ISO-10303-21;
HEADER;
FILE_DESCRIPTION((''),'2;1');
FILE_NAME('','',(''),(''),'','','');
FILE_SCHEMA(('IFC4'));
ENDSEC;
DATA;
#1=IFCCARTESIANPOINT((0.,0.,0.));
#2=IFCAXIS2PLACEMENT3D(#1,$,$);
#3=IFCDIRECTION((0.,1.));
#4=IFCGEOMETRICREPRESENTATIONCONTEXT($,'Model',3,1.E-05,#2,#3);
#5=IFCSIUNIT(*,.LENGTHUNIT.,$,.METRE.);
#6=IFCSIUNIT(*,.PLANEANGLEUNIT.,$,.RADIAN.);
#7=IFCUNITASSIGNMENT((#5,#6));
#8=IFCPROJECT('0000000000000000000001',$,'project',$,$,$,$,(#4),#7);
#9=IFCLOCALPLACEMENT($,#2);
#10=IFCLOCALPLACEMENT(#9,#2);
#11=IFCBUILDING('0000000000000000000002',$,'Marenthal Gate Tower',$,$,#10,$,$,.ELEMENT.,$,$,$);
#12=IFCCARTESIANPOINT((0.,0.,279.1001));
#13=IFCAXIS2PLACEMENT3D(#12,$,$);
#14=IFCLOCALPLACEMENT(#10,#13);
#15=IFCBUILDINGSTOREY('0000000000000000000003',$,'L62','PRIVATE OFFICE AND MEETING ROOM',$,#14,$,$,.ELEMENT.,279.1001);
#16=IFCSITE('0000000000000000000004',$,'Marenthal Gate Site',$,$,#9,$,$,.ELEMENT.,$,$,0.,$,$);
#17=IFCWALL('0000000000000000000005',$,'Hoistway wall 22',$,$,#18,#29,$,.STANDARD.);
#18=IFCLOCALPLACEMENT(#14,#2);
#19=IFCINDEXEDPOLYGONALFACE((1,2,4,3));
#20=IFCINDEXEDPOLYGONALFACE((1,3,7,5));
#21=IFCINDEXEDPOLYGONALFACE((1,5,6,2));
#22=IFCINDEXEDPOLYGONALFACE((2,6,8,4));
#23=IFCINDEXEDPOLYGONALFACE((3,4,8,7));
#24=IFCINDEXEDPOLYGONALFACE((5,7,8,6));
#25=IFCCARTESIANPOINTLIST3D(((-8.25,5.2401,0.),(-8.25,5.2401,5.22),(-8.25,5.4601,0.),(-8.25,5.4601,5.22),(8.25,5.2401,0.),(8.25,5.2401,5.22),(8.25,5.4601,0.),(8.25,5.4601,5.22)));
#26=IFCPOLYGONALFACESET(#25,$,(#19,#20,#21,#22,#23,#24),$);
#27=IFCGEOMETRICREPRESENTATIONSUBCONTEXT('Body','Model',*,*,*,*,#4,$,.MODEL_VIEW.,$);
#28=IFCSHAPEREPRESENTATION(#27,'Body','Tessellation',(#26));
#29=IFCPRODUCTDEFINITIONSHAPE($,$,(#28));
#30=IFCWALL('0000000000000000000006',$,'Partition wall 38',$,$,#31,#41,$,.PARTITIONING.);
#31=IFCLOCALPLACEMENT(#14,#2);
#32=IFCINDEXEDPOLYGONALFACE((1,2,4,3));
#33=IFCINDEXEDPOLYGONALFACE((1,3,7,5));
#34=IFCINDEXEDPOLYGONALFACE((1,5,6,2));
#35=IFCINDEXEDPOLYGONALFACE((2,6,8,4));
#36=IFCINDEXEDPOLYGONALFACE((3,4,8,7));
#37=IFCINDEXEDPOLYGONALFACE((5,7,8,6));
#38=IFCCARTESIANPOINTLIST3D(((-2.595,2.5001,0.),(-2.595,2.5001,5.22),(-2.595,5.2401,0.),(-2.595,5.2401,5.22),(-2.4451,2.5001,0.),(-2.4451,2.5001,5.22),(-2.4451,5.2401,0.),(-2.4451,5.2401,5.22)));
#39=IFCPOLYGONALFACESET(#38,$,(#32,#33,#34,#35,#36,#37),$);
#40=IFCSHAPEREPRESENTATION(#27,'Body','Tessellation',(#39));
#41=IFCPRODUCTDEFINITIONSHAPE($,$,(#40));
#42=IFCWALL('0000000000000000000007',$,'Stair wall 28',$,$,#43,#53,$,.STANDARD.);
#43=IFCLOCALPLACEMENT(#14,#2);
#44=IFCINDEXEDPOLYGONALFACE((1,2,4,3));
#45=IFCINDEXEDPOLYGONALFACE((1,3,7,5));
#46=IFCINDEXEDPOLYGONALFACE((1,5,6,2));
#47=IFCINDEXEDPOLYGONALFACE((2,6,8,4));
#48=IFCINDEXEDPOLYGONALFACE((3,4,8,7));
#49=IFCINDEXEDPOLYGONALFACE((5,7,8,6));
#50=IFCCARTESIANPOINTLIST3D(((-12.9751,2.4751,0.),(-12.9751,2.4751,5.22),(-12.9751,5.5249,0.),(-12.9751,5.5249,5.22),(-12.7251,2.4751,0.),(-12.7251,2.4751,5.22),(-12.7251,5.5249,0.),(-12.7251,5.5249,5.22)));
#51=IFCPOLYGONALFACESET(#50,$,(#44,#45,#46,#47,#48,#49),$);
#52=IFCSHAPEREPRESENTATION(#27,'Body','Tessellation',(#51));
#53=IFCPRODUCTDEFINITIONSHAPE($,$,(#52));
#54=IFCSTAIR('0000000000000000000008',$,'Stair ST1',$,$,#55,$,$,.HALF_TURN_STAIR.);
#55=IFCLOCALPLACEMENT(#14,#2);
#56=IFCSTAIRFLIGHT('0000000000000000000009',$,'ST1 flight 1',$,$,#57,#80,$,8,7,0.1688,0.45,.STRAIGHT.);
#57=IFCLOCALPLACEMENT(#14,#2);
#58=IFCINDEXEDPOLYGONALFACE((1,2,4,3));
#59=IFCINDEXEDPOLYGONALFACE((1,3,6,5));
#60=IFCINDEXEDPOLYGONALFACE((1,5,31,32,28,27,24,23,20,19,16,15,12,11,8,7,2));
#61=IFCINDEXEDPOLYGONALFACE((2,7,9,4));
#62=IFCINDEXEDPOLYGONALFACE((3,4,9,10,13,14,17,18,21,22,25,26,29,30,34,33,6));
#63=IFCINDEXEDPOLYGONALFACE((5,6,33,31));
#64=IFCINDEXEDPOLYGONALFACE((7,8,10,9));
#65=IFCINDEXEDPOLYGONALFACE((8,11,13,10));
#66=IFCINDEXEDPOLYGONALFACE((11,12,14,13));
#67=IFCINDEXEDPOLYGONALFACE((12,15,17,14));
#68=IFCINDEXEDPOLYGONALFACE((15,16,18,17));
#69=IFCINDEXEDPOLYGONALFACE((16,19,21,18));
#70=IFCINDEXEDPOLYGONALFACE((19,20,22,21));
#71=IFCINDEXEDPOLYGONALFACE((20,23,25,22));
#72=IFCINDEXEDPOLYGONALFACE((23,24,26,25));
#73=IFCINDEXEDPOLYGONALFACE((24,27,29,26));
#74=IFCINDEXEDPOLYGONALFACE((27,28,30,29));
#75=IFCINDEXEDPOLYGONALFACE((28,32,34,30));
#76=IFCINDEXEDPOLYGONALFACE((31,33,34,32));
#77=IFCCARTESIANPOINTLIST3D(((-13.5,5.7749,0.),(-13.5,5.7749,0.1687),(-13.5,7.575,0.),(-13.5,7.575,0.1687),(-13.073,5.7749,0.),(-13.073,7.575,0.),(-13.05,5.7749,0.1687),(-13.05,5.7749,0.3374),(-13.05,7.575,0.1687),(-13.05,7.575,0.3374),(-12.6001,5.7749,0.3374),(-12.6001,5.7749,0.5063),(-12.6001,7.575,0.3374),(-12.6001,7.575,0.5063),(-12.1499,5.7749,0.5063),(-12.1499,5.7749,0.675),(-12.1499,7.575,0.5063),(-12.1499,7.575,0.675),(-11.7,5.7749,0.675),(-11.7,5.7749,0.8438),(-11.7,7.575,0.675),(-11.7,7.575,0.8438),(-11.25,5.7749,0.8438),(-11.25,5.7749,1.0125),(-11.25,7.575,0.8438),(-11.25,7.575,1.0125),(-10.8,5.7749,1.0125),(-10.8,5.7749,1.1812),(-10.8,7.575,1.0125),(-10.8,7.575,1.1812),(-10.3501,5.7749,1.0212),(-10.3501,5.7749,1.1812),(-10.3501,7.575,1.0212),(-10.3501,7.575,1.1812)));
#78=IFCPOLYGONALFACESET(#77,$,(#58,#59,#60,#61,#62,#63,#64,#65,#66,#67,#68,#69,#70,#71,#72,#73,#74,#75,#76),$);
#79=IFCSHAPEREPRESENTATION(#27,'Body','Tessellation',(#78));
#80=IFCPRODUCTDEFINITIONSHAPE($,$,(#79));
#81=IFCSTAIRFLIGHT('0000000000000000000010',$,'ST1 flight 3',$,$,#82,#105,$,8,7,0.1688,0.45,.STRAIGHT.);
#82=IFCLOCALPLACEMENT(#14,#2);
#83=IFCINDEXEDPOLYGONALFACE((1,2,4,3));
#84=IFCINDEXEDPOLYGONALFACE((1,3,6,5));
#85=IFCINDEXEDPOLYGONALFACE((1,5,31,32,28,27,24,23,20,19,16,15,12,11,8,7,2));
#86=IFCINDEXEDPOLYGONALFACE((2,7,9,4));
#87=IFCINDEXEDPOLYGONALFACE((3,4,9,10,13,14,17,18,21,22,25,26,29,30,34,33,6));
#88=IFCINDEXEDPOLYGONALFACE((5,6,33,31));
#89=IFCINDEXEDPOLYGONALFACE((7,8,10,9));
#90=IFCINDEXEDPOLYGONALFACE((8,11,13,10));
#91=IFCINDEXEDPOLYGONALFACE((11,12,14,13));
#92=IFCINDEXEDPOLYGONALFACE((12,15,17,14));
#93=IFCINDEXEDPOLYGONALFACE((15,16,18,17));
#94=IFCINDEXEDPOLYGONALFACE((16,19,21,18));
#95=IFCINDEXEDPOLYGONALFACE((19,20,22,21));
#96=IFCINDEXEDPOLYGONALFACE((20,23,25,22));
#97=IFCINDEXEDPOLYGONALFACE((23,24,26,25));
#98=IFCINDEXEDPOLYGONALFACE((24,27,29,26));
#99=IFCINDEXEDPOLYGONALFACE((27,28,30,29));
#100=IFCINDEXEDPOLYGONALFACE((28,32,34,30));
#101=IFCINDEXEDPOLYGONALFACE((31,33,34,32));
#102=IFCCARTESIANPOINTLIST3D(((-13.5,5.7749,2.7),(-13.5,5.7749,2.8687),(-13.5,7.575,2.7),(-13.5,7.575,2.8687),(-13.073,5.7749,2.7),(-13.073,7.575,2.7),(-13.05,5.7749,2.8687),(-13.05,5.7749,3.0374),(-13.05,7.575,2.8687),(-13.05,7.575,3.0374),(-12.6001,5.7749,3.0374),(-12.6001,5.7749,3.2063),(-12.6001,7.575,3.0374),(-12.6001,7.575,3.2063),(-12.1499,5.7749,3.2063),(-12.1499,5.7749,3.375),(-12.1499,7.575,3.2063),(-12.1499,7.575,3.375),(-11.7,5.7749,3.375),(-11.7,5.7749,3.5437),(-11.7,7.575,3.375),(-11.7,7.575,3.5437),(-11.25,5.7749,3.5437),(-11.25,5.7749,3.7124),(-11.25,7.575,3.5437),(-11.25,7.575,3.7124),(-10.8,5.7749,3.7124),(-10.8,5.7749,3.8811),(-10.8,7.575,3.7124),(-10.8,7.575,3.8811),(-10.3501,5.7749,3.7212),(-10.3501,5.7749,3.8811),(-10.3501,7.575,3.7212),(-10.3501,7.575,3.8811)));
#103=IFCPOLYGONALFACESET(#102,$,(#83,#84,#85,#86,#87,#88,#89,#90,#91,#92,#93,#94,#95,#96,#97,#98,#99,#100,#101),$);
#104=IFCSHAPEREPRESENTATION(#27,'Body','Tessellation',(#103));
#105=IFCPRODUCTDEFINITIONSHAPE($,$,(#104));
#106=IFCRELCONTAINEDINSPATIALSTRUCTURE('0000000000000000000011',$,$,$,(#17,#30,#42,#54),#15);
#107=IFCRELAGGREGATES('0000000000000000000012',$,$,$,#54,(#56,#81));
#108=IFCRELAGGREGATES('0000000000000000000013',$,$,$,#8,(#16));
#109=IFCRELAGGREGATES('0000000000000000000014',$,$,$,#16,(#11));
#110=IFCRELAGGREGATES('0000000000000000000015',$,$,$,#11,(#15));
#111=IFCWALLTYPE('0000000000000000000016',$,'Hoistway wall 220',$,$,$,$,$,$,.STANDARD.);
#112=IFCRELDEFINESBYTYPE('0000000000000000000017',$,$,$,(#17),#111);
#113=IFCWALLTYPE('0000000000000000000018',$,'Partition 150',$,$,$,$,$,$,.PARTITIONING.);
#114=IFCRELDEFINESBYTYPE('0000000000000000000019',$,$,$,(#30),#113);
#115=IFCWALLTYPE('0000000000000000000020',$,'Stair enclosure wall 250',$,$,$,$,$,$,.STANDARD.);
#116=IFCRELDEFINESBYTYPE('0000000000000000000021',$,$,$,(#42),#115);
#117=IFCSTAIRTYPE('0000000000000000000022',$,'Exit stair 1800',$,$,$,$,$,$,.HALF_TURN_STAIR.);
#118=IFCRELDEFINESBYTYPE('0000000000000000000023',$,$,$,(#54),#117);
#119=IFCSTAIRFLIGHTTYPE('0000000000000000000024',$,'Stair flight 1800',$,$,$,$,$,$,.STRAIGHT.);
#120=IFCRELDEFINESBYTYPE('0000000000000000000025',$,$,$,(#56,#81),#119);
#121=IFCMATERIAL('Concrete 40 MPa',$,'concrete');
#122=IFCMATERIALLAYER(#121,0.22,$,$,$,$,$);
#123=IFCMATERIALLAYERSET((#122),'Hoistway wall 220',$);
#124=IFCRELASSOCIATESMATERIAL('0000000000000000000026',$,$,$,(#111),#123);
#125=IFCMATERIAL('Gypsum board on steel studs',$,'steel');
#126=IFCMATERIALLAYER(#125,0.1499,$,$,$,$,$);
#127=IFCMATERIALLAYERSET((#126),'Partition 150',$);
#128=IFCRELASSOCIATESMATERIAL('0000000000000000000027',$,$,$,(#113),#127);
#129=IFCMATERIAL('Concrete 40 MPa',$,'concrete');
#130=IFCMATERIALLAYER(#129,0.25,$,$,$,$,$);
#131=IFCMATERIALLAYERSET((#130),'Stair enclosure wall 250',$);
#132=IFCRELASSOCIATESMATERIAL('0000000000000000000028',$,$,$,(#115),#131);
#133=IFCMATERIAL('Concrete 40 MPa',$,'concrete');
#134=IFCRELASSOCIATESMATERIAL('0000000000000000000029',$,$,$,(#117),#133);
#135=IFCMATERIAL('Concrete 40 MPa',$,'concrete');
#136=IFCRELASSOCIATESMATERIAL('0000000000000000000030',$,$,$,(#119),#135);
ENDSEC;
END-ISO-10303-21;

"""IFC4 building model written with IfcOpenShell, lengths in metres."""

from ifc_helpers import new_model, si_unit, direction, frame, frame_2d, origin, place, context, subcontext, project, spatial, polyline, rectangle, outline, extrude, material, layer, layer_set, type_object, element, aggregate, save


model = new_model("IFC4")

# Units and contexts
model_context = context("Model", 3, precision=1e-05, world=origin(), true_north=direction((0.0, 1.0)))
body_context = subcontext(model_context, "Body", "Model", "MODEL_VIEW")
ifc_project = project(units=[si_unit("LENGTHUNIT", "METRE"), si_unit("PLANEANGLEUNIT", "RADIAN")], contexts=[model_context])

# Site, building, storey
site_placement = place(None, origin())
site = spatial("IfcSite", under=ifc_project, at=site_placement, Name="Marenthal Gate Site", CompositionType="ELEMENT", RefElevation=0.0)
building_placement = place(site_placement, origin())
building = spatial("IfcBuilding", under=site, at=building_placement, Name="Marenthal Gate Tower", CompositionType="ELEMENT")
storey_placement = place(building_placement, frame((0.0, 0.0, 279.1001)))
storey = spatial("IfcBuildingStorey", under=building, at=storey_placement, Name="L62", Description="PRIVATE OFFICE AND MEETING ROOM", CompositionType="ELEMENT", Elevation=279.1001)

# Walls
ifc_material_1 = material(Name="Concrete 40 MPa", Category="concrete")
ifc_layer_1 = layer(ifc_material_1, 0.22)
ifc_layer_set_1 = layer_set([ifc_layer_1], Name="Hoistway wall 220")
wall_type_1 = type_object("IfcWallType", Name="Hoistway wall 220", PredefinedType="STANDARD", material=ifc_layer_set_1)
wall_1_placement = place(storey_placement, frame((-8.25, 5.3501, 0.0), z_axis=(0.0, 0.0, 1.0), x_axis=(1.0, 0.0, 0.0)))
element("IfcWall", 1, at=wall_1_placement, inside=storey, type_object=wall_type_1, Name="Hoistway wall 22", PredefinedType="STANDARD", context=body_context, shape_type="SweptSolid", body=[
    extrude(rectangle(XDim=16.5, YDim=0.22, at=frame_2d((8.25, 0.0))), origin(), (0.0, 0.0, 1.0), 5.22),
])
ifc_material_2 = material(Name="Gypsum board on steel studs", Category="steel")
ifc_layer_2 = layer(ifc_material_2, 0.1499)
ifc_layer_set_2 = layer_set([ifc_layer_2], Name="Partition 150")
wall_type_2 = type_object("IfcWallType", Name="Partition 150", PredefinedType="PARTITIONING", material=ifc_layer_set_2)
wall_2_placement = place(storey_placement, frame((-2.52, 2.5, 0.0), z_axis=(0.0, 0.0, 1.0), x_axis=(0.0, 1.0, 0.0)))
element("IfcWall", 2, at=wall_2_placement, inside=storey, type_object=wall_type_2, Name="Partition wall 38", PredefinedType="PARTITIONING", context=body_context, shape_type="SweptSolid", body=[
    extrude(rectangle(XDim=2.74, YDim=0.1499, at=frame_2d((1.3701, 0.0))), origin(), (0.0, 0.0, 1.0), 5.22),
])
ifc_material_3 = material(Name="Concrete 40 MPa", Category="concrete")
ifc_layer_3 = layer(ifc_material_3, 0.25)
ifc_layer_set_3 = layer_set([ifc_layer_3], Name="Stair enclosure wall 250")
wall_type_3 = type_object("IfcWallType", Name="Stair enclosure wall 250", PredefinedType="STANDARD", material=ifc_layer_set_3)
wall_3_placement = place(storey_placement, frame((-12.8501, 2.4751, 0.0), z_axis=(0.0, 0.0, 1.0), x_axis=(0.0, 1.0, 0.0)))
element("IfcWall", 3, at=wall_3_placement, inside=storey, type_object=wall_type_3, Name="Stair wall 28", PredefinedType="STANDARD", context=body_context, shape_type="SweptSolid", body=[
    extrude(rectangle(XDim=3.0498, YDim=0.25, at=frame_2d((1.5249, 0.0))), origin(), (0.0, 0.0, 1.0), 5.22),
])

# Stair, stair flights
ifc_material_4 = material(Name="Concrete 40 MPa", Category="concrete")
stair_type = type_object("IfcStairType", Name="Exit stair 1800", PredefinedType="HALF_TURN_STAIR", material=ifc_material_4)
stair_placement = place(storey_placement, origin())
stair = element("IfcStair", 4, at=stair_placement, inside=storey, type_object=stair_type, Name="Stair ST1", PredefinedType="HALF_TURN_STAIR")
ifc_material_5 = material(Name="Concrete 40 MPa", Category="concrete")
stair_flight_type = type_object("IfcStairFlightType", Name="Stair flight 1800", PredefinedType="STRAIGHT", material=ifc_material_5)
stair_flight_1_placement = place(storey_placement, frame((-13.5, 6.675, 0.0), z_axis=(0.0, 0.0, 1.0), x_axis=(1.0, 0.0, 0.0)))
stair_flight_1 = element("IfcStairFlight", 5, at=stair_flight_1_placement, type_object=stair_flight_type, Name="ST1 flight 1", NumberOfRisers=8, NumberOfTreads=7, PredefinedType="STRAIGHT", RiserHeight=0.1688, TreadLength=0.45, context=body_context, shape_type="SweptSolid", body=[
    extrude(outline(polyline([(0.0, 0.0), (0.0, 0.1687), (0.45, 0.1687), (0.45, 0.3374), (0.8999, 0.3374), (0.8999, 0.5063), (1.3501, 0.5063), (1.3501, 0.675), (1.8, 0.675), (1.8, 0.8438), (2.25, 0.8438), (2.25, 1.0125), (2.7, 1.0125), (2.7, 1.1812), (3.1499, 1.1812), (3.1499, 1.3501), (3.1499, 1.0212), (0.427, 0.0), (0.0, 0.0)])), frame((0.0, 0.8999, 0.0), z_axis=(0.0, -1.0, 0.0), x_axis=(1.0, 0.0, 0.0)), (0.0, 0.0, 1.0), 1.8),
])
stair_flight_2_placement = place(storey_placement, frame((-13.5, 6.675, 2.7), z_axis=(0.0, 0.0, 1.0), x_axis=(1.0, 0.0, 0.0)))
stair_flight_2 = element("IfcStairFlight", 6, at=stair_flight_2_placement, type_object=stair_flight_type, Name="ST1 flight 3", NumberOfRisers=8, NumberOfTreads=7, PredefinedType="STRAIGHT", RiserHeight=0.1688, TreadLength=0.45, context=body_context, shape_type="SweptSolid", body=[
    extrude(outline(polyline([(0.0, 0.0), (0.0, 0.1687), (0.45, 0.1687), (0.45, 0.3374), (0.8999, 0.3374), (0.8999, 0.5063), (1.3501, 0.5063), (1.3501, 0.675), (1.8, 0.675), (1.8, 0.8438), (2.25, 0.8438), (2.25, 1.0125), (2.7, 1.0125), (2.7, 1.1812), (3.1499, 1.1812), (3.1499, 1.3501), (3.1499, 1.0212), (0.427, 0.0), (0.0, 0.0)])), frame((0.0, 0.8999, 0.0), z_axis=(0.0, -1.0, 0.0), x_axis=(1.0, 0.0, 0.0)), (0.0, 0.0, 1.0), 1.8),
])
aggregate(stair, [stair_flight_1, stair_flight_2])

save(model, "model.ifc")
